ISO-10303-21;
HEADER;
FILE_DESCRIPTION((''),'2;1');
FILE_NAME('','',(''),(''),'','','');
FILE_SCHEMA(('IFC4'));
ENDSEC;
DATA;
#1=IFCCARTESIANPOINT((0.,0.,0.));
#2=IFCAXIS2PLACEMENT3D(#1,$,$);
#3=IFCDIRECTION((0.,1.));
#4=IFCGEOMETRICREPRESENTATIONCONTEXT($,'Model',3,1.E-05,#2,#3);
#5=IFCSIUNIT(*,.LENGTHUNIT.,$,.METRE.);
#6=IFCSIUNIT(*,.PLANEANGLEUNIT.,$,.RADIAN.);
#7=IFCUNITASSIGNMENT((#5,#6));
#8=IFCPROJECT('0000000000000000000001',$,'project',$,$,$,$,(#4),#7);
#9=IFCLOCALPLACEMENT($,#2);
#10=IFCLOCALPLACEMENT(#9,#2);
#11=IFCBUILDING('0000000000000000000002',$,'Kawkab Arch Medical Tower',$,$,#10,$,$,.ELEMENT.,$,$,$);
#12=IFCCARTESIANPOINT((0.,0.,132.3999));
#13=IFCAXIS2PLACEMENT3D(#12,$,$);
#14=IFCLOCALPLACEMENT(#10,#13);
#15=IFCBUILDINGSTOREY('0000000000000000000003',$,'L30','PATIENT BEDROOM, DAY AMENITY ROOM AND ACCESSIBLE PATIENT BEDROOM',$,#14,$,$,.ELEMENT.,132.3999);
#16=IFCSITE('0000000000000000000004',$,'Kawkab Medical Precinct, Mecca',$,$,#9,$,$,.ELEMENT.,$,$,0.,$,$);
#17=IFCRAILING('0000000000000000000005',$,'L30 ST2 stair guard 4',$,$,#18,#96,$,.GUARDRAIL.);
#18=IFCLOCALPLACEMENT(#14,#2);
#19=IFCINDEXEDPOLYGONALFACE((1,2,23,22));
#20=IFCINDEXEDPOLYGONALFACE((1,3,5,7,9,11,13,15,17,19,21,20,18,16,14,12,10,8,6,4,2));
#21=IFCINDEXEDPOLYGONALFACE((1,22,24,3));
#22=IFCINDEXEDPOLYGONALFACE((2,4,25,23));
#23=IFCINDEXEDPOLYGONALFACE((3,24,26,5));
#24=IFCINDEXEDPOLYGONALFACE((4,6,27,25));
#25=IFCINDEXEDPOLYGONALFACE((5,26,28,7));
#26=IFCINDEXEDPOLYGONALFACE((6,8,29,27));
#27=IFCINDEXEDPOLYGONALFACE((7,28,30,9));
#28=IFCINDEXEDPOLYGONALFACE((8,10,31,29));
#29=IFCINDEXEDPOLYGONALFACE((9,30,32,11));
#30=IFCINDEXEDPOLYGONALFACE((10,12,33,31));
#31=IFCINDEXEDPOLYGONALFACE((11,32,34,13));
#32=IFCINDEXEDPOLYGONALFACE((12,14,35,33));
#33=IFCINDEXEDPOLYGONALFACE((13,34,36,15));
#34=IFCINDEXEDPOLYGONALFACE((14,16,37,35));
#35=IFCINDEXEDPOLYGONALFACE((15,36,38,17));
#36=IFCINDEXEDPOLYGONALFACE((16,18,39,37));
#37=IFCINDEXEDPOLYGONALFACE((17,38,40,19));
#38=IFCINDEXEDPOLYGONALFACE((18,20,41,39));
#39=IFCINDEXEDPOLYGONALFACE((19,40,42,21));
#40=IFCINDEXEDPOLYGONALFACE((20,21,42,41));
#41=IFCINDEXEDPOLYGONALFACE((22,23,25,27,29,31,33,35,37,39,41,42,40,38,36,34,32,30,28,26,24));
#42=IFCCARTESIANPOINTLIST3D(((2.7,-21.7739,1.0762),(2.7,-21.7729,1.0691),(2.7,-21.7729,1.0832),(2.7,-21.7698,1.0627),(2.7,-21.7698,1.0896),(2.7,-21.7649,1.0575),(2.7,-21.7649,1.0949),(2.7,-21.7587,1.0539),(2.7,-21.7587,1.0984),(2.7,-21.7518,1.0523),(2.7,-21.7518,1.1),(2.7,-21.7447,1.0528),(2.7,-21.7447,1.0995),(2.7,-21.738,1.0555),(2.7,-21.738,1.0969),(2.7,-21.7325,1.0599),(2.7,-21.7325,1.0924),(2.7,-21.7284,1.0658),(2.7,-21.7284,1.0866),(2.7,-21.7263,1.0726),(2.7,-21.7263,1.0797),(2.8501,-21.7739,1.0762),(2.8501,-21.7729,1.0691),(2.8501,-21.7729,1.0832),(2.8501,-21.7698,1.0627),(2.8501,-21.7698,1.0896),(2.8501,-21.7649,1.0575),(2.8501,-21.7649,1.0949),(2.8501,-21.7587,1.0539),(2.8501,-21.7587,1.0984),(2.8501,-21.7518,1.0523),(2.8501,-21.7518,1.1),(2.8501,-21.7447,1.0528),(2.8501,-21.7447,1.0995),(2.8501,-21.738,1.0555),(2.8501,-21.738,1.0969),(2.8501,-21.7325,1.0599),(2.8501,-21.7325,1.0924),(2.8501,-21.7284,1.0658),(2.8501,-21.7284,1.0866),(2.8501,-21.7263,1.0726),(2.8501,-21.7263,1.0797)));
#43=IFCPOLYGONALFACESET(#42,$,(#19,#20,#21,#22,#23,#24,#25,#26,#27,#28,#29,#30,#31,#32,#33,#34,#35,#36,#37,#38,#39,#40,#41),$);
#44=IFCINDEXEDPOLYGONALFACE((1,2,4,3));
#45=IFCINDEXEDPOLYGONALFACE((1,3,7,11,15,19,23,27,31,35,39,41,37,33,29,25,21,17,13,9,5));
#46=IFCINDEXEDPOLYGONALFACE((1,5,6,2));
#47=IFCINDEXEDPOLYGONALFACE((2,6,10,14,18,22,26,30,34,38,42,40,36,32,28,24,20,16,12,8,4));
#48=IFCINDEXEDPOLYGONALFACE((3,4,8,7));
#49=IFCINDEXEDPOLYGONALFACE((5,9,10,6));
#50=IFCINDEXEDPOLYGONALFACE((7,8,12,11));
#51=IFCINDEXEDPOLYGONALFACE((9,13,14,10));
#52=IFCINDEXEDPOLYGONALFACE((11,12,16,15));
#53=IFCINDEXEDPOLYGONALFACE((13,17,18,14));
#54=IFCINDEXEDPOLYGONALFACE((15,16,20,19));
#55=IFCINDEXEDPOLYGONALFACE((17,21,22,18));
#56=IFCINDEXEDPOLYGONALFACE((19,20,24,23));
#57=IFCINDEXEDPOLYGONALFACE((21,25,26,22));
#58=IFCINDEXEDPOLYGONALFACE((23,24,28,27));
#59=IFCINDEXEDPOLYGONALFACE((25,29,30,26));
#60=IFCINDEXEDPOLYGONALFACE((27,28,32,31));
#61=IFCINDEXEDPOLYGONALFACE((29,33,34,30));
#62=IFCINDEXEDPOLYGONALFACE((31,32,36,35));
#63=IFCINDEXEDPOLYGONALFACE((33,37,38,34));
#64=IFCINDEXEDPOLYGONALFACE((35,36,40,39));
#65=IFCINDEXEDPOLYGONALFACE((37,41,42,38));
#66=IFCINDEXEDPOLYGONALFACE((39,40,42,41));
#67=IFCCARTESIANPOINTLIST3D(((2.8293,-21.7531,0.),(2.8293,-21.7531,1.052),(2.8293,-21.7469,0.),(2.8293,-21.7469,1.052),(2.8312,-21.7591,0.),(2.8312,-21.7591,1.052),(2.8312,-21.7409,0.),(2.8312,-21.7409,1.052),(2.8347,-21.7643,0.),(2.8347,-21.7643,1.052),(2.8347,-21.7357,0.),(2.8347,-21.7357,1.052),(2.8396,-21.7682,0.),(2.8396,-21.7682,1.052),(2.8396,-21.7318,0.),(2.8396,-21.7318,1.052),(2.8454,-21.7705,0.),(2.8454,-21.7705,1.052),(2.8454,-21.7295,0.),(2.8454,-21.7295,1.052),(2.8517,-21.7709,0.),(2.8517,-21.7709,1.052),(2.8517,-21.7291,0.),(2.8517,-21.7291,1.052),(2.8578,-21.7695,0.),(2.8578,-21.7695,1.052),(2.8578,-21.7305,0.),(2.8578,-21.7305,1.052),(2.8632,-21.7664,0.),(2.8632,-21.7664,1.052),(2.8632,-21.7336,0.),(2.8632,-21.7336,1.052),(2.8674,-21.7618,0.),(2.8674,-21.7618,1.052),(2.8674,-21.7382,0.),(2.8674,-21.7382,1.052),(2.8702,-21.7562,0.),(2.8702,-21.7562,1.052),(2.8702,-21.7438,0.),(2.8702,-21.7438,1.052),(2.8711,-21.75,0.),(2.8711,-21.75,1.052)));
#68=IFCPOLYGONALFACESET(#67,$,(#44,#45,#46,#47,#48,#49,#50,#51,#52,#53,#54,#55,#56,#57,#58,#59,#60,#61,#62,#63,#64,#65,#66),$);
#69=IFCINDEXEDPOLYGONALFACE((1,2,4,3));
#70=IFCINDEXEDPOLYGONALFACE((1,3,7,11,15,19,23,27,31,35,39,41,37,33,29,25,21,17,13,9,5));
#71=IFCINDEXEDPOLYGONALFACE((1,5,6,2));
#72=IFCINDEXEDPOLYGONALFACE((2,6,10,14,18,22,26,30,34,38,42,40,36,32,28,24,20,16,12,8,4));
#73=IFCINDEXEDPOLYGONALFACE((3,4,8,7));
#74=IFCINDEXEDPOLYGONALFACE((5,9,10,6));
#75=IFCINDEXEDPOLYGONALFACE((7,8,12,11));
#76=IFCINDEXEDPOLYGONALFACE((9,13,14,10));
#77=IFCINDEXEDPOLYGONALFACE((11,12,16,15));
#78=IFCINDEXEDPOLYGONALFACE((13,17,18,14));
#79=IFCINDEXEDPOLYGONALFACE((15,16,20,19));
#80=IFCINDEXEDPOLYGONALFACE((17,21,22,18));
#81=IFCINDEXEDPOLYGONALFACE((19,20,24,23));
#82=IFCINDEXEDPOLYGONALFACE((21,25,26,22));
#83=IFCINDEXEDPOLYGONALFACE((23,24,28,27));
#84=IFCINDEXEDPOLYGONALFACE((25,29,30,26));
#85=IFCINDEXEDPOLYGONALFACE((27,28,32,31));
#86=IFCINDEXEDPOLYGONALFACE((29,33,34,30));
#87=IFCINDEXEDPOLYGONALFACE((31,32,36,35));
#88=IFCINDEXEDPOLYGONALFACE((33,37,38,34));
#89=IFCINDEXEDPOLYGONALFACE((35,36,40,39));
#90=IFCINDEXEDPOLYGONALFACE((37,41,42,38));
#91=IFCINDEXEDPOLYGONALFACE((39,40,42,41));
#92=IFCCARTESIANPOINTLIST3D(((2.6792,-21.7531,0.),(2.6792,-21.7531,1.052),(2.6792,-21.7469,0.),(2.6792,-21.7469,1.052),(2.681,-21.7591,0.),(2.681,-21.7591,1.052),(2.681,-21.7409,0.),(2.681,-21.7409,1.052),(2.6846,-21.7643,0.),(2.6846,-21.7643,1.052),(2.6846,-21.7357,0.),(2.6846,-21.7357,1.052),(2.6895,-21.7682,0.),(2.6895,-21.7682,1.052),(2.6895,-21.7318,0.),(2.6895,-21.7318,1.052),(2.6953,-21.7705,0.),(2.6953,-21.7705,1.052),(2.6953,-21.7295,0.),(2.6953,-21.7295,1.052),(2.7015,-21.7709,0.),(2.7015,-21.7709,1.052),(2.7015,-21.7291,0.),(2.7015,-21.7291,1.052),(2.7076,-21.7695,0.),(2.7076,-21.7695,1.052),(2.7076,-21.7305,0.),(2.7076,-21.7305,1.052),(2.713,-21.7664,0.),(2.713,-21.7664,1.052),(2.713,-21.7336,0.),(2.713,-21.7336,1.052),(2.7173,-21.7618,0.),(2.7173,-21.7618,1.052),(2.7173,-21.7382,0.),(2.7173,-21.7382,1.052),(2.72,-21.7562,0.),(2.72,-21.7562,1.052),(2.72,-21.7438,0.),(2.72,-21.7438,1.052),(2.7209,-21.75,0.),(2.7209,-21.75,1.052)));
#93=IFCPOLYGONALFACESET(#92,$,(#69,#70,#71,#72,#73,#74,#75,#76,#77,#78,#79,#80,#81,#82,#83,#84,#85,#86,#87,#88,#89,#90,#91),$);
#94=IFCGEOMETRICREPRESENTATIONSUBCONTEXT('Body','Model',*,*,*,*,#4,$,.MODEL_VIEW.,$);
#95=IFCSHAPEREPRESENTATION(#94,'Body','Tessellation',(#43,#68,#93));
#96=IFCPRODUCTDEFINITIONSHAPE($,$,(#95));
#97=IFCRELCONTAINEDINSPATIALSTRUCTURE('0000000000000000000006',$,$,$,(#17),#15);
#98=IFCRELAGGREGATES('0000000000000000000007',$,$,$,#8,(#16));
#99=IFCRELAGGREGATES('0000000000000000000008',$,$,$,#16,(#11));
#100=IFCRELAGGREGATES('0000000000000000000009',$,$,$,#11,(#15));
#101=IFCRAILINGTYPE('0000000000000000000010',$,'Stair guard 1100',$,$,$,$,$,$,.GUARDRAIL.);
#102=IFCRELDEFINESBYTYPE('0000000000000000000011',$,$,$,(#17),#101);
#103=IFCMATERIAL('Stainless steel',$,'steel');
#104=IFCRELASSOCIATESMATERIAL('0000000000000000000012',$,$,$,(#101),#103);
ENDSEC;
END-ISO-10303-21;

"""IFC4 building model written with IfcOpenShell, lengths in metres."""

from ifc_helpers import new_model, si_unit, direction, frame, origin, origin_2d, place, context, subcontext, project, spatial, circle, extrude, material, type_object, element, save


model = new_model("IFC4")

# Units and contexts
model_context = context("Model", 3, precision=1e-05, world=origin(), true_north=direction((0.0, 1.0)))
body_context = subcontext(model_context, "Body", "Model", "MODEL_VIEW")
ifc_project = project(units=[si_unit("LENGTHUNIT", "METRE"), si_unit("PLANEANGLEUNIT", "RADIAN")], contexts=[model_context])

# Site, building, storey
site_placement = place(None, origin())
site = spatial("IfcSite", under=ifc_project, at=site_placement, Name="Kawkab Medical Precinct, Mecca", CompositionType="ELEMENT", RefElevation=0.0)
building_placement = place(site_placement, origin())
building = spatial("IfcBuilding", under=site, at=building_placement, Name="Kawkab Arch Medical Tower", CompositionType="ELEMENT")
storey_placement = place(building_placement, frame((0.0, 0.0, 132.3999)))
storey = spatial("IfcBuildingStorey", under=building, at=storey_placement, Name="L30", Description="PATIENT BEDROOM, DAY AMENITY ROOM AND ACCESSIBLE PATIENT BEDROOM", CompositionType="ELEMENT", Elevation=132.3999)

# Railing
ifc_material_1 = material(Name="Stainless steel", Category="steel")
railing_type = type_object("IfcRailingType", Name="Stair guard 1100", PredefinedType="GUARDRAIL", material=ifc_material_1)
railing_1_placement = place(storey_placement, frame((2.8501, -21.75, 0.0)))
element("IfcRailing", 1, at=railing_1_placement, inside=storey, type_object=railing_type, Name="L30 ST2 stair guard 4", PredefinedType="GUARDRAIL", context=body_context, shape_type="SweptSolid", body=[
    extrude(circle(Radius=0.0239, at=origin_2d()), frame((0.0, 0.0, 1.0762), z_axis=(-1.0, 0.0, 0.0), x_axis=(0.0, -1.0, 0.0)), (0.0, 0.0, 1.0), 0.1501),
    extrude(circle(Radius=0.021, at=origin_2d()), origin(), (0.0, 0.0, 1.0), 1.052),
    extrude(circle(Radius=0.021, at=origin_2d()), frame((-0.1501, 0.0, 0.0)), (0.0, 0.0, 1.0), 1.052),
])

save(model, "model.ifc")
